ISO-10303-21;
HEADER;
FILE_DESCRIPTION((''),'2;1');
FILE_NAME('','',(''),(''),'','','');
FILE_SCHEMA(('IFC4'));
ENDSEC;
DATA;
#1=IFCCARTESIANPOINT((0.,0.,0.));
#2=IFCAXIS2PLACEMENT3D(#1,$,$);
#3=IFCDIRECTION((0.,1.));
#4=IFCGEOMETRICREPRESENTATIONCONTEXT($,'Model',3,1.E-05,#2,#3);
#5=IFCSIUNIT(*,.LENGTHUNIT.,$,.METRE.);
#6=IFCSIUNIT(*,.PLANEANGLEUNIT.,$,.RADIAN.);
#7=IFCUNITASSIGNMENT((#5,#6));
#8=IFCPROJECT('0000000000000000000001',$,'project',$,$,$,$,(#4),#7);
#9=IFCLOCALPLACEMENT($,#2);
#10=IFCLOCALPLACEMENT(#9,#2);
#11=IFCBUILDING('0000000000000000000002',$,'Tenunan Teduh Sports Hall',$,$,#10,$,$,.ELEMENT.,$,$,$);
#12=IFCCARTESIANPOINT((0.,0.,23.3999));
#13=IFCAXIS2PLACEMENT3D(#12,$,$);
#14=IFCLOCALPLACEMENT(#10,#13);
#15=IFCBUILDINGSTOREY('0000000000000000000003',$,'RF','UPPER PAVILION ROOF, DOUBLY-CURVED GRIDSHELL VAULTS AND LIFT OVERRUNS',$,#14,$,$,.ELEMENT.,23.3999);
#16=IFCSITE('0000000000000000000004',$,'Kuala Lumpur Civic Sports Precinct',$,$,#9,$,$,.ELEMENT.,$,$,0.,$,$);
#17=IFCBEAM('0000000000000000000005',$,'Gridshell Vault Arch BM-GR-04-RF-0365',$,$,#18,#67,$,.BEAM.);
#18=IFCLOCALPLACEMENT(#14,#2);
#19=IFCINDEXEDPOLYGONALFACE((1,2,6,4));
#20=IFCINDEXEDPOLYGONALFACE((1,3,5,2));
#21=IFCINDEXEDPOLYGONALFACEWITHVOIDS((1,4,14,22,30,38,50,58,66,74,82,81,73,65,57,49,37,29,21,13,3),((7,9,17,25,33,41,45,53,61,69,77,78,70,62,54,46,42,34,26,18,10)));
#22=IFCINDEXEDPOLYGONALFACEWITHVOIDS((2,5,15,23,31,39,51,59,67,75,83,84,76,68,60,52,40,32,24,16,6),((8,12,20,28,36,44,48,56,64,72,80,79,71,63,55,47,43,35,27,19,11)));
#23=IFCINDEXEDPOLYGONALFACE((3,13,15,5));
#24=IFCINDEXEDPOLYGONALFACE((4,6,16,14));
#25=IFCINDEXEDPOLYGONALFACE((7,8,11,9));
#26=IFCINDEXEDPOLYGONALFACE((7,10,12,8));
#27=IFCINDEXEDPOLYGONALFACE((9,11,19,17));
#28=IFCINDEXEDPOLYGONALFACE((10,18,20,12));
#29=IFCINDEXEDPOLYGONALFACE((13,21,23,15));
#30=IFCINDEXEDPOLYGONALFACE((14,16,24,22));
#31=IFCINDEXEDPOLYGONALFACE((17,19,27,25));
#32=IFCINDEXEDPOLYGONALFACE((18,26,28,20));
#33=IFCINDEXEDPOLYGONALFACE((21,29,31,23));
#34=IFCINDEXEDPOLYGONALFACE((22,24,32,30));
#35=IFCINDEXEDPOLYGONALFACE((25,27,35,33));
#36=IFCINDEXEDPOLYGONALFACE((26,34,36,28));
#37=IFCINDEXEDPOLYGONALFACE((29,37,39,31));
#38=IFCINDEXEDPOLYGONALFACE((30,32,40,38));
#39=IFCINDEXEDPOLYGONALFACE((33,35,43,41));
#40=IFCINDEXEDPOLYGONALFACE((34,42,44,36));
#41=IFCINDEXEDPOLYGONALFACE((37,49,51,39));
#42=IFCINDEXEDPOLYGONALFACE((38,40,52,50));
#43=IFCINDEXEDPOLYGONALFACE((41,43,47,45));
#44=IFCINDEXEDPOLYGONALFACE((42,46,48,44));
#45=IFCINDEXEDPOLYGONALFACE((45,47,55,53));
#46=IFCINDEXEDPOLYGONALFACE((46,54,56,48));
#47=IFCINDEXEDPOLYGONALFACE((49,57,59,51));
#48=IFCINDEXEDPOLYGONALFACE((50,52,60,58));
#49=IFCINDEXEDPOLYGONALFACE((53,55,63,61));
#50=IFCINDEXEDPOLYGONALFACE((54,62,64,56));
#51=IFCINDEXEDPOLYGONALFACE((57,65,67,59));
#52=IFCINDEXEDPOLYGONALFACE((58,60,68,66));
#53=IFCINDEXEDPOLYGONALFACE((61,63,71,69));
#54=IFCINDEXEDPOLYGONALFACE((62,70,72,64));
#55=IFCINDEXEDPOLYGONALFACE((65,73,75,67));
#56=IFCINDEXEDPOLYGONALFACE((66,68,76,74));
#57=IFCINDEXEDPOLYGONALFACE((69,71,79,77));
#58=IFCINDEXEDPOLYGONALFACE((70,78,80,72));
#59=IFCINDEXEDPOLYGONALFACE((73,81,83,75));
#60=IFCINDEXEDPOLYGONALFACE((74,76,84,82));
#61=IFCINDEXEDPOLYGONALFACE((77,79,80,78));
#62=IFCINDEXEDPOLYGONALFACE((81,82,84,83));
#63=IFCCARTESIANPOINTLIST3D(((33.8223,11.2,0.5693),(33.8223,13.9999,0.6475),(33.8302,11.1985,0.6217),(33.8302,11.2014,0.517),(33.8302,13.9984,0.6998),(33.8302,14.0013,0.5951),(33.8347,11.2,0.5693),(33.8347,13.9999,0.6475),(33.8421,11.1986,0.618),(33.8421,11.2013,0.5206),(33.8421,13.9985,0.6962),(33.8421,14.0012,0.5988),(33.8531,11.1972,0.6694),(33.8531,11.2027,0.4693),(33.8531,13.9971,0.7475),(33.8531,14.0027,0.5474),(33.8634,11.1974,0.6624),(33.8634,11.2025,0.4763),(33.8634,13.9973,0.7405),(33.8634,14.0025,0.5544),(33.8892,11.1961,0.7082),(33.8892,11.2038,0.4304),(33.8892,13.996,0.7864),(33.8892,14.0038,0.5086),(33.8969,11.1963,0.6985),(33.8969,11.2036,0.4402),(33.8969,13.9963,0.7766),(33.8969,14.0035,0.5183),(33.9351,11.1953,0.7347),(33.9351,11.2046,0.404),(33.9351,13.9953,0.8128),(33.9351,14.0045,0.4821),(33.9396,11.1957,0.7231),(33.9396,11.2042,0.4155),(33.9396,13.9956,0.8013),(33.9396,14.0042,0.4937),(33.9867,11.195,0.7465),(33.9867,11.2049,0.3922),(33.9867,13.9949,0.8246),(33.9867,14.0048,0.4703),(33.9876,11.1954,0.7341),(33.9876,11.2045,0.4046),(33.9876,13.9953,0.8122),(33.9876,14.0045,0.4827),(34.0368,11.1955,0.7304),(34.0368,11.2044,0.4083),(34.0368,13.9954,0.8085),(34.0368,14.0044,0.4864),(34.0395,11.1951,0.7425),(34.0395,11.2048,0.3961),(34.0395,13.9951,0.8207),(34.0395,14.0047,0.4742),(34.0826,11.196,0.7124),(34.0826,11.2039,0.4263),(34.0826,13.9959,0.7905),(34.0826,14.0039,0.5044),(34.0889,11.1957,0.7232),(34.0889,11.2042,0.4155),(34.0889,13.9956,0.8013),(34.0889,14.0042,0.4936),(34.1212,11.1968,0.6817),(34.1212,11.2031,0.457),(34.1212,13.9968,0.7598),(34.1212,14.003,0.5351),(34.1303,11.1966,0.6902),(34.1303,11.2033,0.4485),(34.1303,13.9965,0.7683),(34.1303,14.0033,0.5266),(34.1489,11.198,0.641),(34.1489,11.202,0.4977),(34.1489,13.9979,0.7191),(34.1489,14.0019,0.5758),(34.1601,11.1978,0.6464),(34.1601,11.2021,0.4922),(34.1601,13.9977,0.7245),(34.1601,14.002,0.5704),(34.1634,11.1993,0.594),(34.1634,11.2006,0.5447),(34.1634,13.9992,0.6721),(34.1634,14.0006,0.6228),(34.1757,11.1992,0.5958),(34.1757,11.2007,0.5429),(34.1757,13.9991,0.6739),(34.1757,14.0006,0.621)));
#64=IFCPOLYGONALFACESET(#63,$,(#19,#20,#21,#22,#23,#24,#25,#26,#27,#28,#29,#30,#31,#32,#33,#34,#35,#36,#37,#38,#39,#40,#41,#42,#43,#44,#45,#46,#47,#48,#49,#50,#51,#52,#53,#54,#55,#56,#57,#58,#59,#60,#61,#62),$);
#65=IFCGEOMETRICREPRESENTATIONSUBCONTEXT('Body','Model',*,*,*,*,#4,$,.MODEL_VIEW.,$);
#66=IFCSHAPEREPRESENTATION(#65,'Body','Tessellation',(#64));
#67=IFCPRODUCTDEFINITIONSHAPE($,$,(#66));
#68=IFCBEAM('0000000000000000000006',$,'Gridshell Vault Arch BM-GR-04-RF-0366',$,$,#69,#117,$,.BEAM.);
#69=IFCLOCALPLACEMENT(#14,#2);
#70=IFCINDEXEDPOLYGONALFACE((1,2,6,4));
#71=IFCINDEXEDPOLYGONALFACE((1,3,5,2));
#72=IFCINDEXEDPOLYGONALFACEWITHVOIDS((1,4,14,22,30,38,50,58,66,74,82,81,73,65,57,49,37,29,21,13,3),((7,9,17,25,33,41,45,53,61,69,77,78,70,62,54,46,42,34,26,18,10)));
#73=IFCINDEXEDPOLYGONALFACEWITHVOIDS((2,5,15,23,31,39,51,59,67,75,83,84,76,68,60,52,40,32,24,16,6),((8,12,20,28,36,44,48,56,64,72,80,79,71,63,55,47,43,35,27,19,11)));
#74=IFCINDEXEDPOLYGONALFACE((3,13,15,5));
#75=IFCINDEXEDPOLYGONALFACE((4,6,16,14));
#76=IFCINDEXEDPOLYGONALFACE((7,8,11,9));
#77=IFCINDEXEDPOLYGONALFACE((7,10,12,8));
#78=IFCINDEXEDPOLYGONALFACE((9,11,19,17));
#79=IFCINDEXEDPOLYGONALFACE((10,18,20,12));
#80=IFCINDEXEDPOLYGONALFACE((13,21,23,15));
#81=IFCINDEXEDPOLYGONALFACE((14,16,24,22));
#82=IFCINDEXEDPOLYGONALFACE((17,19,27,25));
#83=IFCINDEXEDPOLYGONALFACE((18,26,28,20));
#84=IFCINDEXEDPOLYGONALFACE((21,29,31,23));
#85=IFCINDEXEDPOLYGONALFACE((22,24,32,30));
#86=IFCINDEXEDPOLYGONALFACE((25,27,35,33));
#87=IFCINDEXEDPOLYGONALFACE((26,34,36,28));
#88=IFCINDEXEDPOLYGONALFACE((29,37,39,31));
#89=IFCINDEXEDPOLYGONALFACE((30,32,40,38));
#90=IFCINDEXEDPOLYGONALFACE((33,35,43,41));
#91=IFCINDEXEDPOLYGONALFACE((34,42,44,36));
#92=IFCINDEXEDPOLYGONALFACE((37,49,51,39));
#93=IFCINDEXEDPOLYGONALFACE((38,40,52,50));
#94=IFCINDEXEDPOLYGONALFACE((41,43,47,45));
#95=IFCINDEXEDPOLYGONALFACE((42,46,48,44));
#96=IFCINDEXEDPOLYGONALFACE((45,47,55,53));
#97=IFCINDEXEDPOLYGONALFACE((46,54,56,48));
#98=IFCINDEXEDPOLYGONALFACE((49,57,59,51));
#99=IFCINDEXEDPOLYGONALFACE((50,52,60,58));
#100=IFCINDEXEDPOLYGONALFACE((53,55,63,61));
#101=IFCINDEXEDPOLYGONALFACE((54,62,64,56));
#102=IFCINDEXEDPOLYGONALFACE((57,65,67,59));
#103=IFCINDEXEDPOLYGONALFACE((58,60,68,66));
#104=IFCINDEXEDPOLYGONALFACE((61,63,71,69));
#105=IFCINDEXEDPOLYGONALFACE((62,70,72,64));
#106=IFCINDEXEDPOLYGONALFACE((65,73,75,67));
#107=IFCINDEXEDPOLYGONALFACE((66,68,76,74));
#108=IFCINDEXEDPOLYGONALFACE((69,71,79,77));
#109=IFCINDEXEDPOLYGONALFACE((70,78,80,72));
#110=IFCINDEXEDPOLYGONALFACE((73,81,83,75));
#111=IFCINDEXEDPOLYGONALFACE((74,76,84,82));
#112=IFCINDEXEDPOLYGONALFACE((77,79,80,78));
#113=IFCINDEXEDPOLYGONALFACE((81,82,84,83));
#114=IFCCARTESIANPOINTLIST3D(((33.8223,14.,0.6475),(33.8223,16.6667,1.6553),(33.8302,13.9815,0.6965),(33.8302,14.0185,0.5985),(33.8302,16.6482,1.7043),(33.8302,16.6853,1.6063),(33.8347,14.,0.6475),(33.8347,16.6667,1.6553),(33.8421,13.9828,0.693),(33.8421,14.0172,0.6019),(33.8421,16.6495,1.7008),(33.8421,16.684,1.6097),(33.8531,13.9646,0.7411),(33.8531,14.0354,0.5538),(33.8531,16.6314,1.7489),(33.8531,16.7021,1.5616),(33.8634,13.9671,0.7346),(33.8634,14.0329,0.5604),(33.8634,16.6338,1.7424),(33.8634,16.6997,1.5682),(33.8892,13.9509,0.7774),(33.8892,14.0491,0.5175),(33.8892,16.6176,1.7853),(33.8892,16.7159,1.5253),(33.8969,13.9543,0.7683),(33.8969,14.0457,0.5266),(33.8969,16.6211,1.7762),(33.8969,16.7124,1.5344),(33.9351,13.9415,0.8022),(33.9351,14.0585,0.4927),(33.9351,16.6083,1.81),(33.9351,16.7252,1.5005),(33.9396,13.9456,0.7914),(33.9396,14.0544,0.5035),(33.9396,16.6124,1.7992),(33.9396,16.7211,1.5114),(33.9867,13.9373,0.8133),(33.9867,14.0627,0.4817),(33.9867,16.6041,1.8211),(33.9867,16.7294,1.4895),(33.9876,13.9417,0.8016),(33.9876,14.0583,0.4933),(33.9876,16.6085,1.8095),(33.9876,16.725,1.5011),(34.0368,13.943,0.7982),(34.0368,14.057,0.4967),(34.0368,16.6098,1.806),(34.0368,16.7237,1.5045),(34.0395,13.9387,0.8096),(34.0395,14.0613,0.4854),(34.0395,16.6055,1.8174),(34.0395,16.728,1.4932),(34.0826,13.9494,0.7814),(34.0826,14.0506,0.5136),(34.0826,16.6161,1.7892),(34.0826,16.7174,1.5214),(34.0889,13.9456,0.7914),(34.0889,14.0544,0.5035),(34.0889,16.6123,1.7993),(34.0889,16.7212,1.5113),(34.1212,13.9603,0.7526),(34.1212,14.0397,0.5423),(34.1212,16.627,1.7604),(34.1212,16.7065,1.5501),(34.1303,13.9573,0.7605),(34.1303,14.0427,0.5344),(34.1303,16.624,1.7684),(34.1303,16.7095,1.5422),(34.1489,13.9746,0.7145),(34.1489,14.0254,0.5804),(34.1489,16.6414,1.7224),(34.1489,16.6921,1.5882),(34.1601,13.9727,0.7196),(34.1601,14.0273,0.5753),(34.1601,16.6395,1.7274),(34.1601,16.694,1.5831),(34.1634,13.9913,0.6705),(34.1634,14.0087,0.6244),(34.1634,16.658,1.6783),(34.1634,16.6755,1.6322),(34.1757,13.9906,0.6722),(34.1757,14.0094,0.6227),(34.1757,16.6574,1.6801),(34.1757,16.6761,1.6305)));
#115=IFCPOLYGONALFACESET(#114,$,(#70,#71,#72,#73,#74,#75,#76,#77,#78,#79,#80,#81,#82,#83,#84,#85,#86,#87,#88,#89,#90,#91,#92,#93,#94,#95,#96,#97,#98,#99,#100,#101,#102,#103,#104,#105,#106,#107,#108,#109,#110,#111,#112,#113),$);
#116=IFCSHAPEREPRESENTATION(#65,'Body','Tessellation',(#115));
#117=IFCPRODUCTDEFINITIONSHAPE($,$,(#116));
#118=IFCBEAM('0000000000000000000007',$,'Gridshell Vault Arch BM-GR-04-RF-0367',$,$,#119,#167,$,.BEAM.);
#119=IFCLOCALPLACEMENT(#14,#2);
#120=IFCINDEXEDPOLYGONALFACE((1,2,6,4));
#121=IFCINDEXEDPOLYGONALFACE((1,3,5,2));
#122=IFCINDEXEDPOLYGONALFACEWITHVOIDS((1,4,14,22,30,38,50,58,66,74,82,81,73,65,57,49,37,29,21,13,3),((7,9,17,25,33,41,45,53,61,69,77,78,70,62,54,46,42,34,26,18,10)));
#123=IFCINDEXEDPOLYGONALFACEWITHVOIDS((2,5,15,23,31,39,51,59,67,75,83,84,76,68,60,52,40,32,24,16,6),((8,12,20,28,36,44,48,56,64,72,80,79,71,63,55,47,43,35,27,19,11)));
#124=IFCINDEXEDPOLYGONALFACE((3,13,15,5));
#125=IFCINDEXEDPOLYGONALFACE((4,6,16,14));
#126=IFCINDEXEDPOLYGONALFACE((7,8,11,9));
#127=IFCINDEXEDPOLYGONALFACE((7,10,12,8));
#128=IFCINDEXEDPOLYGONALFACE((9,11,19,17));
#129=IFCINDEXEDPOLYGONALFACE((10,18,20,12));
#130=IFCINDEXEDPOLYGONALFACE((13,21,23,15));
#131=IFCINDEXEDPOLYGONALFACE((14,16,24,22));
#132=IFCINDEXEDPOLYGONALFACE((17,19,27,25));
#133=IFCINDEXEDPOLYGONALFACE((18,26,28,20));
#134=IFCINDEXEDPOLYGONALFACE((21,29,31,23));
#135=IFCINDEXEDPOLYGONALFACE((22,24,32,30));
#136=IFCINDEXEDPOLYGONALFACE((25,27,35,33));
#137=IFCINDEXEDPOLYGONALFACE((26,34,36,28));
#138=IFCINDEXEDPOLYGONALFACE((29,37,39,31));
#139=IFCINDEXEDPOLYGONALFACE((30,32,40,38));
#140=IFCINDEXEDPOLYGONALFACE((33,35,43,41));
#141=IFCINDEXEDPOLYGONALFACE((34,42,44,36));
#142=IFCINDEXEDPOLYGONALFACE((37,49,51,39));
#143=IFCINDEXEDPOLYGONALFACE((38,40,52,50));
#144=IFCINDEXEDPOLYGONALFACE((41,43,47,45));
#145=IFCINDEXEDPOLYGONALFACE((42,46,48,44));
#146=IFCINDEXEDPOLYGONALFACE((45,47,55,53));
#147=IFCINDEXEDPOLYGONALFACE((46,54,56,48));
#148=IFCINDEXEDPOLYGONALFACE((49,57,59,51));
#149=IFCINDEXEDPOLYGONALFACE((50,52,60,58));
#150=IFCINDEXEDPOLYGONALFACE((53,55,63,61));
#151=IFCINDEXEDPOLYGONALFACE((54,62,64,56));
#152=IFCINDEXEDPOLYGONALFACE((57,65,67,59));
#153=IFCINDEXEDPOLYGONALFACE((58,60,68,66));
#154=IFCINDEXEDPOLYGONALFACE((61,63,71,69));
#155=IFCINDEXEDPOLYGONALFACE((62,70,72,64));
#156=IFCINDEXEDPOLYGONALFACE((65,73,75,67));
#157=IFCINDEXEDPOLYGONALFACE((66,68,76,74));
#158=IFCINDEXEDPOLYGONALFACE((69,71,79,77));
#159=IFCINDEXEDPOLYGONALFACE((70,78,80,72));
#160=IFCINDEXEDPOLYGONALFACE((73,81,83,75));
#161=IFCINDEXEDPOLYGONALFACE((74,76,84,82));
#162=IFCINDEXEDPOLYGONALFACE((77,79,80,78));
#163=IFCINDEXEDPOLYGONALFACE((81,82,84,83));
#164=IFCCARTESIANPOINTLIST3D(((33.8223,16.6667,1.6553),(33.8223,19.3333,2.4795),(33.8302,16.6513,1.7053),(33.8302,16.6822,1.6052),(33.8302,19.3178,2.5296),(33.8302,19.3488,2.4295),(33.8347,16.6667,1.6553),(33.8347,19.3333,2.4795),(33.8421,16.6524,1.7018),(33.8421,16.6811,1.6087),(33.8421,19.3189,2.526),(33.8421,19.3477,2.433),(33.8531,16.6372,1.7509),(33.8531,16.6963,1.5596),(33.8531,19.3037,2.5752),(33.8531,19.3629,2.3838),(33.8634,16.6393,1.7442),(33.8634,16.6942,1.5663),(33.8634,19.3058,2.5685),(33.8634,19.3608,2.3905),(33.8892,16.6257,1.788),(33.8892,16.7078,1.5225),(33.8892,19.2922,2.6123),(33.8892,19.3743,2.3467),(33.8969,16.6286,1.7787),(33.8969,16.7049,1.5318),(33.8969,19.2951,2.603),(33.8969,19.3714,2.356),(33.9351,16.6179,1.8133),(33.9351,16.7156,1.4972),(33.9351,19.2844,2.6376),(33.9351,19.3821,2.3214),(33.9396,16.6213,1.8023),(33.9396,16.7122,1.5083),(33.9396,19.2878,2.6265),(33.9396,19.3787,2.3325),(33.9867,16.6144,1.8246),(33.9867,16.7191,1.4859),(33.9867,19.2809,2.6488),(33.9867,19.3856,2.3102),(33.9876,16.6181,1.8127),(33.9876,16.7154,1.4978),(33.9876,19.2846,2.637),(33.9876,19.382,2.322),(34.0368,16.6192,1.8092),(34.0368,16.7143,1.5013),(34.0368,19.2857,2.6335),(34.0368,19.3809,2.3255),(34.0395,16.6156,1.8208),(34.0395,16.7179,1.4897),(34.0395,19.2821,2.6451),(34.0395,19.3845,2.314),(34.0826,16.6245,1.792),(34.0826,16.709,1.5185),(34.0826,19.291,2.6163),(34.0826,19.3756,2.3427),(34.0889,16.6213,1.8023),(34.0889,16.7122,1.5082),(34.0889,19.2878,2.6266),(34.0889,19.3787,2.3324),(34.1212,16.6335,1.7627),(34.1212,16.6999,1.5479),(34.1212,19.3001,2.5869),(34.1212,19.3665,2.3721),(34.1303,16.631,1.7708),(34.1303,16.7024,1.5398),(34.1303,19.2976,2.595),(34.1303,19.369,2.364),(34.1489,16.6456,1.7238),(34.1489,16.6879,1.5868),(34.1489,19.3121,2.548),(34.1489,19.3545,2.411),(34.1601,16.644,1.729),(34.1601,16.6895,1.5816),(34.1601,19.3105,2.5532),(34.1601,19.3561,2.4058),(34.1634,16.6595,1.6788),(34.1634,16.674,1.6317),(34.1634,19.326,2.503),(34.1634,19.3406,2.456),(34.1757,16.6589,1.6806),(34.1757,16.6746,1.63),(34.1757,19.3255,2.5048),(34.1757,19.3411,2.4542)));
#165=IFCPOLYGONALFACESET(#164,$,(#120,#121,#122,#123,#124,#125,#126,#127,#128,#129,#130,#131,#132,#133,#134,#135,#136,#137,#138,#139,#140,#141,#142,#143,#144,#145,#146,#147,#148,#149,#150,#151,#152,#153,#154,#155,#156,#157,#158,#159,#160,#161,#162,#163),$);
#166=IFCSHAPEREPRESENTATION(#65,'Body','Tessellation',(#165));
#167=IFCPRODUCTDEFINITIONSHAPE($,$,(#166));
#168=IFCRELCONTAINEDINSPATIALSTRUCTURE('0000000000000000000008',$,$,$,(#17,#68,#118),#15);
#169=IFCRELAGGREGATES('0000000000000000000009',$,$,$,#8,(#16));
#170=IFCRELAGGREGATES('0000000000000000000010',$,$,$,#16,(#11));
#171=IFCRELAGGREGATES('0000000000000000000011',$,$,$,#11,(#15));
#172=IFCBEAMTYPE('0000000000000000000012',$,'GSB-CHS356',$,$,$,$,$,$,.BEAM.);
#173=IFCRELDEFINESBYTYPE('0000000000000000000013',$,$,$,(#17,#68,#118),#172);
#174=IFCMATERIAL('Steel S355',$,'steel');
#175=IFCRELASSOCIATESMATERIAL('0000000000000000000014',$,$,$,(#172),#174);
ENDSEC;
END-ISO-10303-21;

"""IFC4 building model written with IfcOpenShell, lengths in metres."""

from ifc_helpers import new_model, si_unit, direction, frame, origin, origin_2d, place, context, subcontext, project, spatial, hollow_circle, extrude, material, material_profile, profile_set, type_object, element, save


model = new_model("IFC4")

# Units and contexts
model_context = context("Model", 3, precision=1e-05, world=origin(), true_north=direction((0.0, 1.0)))
body_context = subcontext(model_context, "Body", "Model", "MODEL_VIEW")
ifc_project = project(units=[si_unit("LENGTHUNIT", "METRE"), si_unit("PLANEANGLEUNIT", "RADIAN")], contexts=[model_context])

# Site, building, storey
site_placement = place(None, origin())
site = spatial("IfcSite", under=ifc_project, at=site_placement, Name="Kuala Lumpur Civic Sports Precinct", CompositionType="ELEMENT", RefElevation=0.0)
building_placement = place(site_placement, origin())
building = spatial("IfcBuilding", under=site, at=building_placement, Name="Tenunan Teduh Sports Hall", CompositionType="ELEMENT")
storey_placement = place(building_placement, frame((0.0, 0.0, 23.3999)))
storey = spatial("IfcBuildingStorey", under=building, at=storey_placement, Name="RF", Description="UPPER PAVILION ROOF, DOUBLY-CURVED GRIDSHELL VAULTS AND LIFT OVERRUNS", CompositionType="ELEMENT", Elevation=23.3999)

# Beams
ifc_material_1 = material(Name="Steel S355", Category="steel")
ifc_material_profile_1 = material_profile(ifc_material_1, hollow_circle(Radius=0.1777, WallThickness=0.0125, at=origin_2d()), Name="CHS 355.6x12.5")
ifc_profile_set_1 = profile_set([ifc_material_profile_1], Name="Steel S355")
beam_type_1 = type_object("IfcBeamType", Name="GSB-CHS356", PredefinedType="BEAM", material=ifc_profile_set_1)
beam_1_placement = place(storey_placement, frame((34.0, 11.2, 0.5693), z_axis=(0.0, 0.999611, 0.02789), x_axis=(-1.0, 0.0, 0.0)))
element("IfcBeam", 1, at=beam_1_placement, inside=storey, type_object=beam_type_1, Name="Gridshell Vault Arch BM-GR-04-RF-0365", PredefinedType="BEAM", context=body_context, shape_type="SweptSolid", body=[
    extrude(hollow_circle(Radius=0.1777, WallThickness=0.0125, at=origin_2d()), origin(), (0.0, 0.0, 1.0), 2.801),
])
beam_2_placement = place(storey_placement, frame((34.0, 14.0, 0.6475), z_axis=(0.0, 0.935429, 0.353515), x_axis=(-1.0, 0.0, 0.0)))
element("IfcBeam", 2, at=beam_2_placement, inside=storey, type_object=beam_type_1, Name="Gridshell Vault Arch BM-GR-04-RF-0366", PredefinedType="BEAM", context=body_context, shape_type="SweptSolid", body=[
    extrude(hollow_circle(Radius=0.1777, WallThickness=0.0125, at=origin_2d()), origin(), (0.0, 0.0, 1.0), 2.8508),
])
beam_3_placement = place(storey_placement, frame((34.0, 16.6667, 1.6553), z_axis=(0.0, 0.9554, 0.295315), x_axis=(-1.0, 0.0, 0.0)))
element("IfcBeam", 3, at=beam_3_placement, inside=storey, type_object=beam_type_1, Name="Gridshell Vault Arch BM-GR-04-RF-0367", PredefinedType="BEAM", context=body_context, shape_type="SweptSolid", body=[
    extrude(hollow_circle(Radius=0.1777, WallThickness=0.0125, at=origin_2d()), origin(), (0.0, 0.0, 1.0), 2.791),
])

save(model, "model.ifc")
